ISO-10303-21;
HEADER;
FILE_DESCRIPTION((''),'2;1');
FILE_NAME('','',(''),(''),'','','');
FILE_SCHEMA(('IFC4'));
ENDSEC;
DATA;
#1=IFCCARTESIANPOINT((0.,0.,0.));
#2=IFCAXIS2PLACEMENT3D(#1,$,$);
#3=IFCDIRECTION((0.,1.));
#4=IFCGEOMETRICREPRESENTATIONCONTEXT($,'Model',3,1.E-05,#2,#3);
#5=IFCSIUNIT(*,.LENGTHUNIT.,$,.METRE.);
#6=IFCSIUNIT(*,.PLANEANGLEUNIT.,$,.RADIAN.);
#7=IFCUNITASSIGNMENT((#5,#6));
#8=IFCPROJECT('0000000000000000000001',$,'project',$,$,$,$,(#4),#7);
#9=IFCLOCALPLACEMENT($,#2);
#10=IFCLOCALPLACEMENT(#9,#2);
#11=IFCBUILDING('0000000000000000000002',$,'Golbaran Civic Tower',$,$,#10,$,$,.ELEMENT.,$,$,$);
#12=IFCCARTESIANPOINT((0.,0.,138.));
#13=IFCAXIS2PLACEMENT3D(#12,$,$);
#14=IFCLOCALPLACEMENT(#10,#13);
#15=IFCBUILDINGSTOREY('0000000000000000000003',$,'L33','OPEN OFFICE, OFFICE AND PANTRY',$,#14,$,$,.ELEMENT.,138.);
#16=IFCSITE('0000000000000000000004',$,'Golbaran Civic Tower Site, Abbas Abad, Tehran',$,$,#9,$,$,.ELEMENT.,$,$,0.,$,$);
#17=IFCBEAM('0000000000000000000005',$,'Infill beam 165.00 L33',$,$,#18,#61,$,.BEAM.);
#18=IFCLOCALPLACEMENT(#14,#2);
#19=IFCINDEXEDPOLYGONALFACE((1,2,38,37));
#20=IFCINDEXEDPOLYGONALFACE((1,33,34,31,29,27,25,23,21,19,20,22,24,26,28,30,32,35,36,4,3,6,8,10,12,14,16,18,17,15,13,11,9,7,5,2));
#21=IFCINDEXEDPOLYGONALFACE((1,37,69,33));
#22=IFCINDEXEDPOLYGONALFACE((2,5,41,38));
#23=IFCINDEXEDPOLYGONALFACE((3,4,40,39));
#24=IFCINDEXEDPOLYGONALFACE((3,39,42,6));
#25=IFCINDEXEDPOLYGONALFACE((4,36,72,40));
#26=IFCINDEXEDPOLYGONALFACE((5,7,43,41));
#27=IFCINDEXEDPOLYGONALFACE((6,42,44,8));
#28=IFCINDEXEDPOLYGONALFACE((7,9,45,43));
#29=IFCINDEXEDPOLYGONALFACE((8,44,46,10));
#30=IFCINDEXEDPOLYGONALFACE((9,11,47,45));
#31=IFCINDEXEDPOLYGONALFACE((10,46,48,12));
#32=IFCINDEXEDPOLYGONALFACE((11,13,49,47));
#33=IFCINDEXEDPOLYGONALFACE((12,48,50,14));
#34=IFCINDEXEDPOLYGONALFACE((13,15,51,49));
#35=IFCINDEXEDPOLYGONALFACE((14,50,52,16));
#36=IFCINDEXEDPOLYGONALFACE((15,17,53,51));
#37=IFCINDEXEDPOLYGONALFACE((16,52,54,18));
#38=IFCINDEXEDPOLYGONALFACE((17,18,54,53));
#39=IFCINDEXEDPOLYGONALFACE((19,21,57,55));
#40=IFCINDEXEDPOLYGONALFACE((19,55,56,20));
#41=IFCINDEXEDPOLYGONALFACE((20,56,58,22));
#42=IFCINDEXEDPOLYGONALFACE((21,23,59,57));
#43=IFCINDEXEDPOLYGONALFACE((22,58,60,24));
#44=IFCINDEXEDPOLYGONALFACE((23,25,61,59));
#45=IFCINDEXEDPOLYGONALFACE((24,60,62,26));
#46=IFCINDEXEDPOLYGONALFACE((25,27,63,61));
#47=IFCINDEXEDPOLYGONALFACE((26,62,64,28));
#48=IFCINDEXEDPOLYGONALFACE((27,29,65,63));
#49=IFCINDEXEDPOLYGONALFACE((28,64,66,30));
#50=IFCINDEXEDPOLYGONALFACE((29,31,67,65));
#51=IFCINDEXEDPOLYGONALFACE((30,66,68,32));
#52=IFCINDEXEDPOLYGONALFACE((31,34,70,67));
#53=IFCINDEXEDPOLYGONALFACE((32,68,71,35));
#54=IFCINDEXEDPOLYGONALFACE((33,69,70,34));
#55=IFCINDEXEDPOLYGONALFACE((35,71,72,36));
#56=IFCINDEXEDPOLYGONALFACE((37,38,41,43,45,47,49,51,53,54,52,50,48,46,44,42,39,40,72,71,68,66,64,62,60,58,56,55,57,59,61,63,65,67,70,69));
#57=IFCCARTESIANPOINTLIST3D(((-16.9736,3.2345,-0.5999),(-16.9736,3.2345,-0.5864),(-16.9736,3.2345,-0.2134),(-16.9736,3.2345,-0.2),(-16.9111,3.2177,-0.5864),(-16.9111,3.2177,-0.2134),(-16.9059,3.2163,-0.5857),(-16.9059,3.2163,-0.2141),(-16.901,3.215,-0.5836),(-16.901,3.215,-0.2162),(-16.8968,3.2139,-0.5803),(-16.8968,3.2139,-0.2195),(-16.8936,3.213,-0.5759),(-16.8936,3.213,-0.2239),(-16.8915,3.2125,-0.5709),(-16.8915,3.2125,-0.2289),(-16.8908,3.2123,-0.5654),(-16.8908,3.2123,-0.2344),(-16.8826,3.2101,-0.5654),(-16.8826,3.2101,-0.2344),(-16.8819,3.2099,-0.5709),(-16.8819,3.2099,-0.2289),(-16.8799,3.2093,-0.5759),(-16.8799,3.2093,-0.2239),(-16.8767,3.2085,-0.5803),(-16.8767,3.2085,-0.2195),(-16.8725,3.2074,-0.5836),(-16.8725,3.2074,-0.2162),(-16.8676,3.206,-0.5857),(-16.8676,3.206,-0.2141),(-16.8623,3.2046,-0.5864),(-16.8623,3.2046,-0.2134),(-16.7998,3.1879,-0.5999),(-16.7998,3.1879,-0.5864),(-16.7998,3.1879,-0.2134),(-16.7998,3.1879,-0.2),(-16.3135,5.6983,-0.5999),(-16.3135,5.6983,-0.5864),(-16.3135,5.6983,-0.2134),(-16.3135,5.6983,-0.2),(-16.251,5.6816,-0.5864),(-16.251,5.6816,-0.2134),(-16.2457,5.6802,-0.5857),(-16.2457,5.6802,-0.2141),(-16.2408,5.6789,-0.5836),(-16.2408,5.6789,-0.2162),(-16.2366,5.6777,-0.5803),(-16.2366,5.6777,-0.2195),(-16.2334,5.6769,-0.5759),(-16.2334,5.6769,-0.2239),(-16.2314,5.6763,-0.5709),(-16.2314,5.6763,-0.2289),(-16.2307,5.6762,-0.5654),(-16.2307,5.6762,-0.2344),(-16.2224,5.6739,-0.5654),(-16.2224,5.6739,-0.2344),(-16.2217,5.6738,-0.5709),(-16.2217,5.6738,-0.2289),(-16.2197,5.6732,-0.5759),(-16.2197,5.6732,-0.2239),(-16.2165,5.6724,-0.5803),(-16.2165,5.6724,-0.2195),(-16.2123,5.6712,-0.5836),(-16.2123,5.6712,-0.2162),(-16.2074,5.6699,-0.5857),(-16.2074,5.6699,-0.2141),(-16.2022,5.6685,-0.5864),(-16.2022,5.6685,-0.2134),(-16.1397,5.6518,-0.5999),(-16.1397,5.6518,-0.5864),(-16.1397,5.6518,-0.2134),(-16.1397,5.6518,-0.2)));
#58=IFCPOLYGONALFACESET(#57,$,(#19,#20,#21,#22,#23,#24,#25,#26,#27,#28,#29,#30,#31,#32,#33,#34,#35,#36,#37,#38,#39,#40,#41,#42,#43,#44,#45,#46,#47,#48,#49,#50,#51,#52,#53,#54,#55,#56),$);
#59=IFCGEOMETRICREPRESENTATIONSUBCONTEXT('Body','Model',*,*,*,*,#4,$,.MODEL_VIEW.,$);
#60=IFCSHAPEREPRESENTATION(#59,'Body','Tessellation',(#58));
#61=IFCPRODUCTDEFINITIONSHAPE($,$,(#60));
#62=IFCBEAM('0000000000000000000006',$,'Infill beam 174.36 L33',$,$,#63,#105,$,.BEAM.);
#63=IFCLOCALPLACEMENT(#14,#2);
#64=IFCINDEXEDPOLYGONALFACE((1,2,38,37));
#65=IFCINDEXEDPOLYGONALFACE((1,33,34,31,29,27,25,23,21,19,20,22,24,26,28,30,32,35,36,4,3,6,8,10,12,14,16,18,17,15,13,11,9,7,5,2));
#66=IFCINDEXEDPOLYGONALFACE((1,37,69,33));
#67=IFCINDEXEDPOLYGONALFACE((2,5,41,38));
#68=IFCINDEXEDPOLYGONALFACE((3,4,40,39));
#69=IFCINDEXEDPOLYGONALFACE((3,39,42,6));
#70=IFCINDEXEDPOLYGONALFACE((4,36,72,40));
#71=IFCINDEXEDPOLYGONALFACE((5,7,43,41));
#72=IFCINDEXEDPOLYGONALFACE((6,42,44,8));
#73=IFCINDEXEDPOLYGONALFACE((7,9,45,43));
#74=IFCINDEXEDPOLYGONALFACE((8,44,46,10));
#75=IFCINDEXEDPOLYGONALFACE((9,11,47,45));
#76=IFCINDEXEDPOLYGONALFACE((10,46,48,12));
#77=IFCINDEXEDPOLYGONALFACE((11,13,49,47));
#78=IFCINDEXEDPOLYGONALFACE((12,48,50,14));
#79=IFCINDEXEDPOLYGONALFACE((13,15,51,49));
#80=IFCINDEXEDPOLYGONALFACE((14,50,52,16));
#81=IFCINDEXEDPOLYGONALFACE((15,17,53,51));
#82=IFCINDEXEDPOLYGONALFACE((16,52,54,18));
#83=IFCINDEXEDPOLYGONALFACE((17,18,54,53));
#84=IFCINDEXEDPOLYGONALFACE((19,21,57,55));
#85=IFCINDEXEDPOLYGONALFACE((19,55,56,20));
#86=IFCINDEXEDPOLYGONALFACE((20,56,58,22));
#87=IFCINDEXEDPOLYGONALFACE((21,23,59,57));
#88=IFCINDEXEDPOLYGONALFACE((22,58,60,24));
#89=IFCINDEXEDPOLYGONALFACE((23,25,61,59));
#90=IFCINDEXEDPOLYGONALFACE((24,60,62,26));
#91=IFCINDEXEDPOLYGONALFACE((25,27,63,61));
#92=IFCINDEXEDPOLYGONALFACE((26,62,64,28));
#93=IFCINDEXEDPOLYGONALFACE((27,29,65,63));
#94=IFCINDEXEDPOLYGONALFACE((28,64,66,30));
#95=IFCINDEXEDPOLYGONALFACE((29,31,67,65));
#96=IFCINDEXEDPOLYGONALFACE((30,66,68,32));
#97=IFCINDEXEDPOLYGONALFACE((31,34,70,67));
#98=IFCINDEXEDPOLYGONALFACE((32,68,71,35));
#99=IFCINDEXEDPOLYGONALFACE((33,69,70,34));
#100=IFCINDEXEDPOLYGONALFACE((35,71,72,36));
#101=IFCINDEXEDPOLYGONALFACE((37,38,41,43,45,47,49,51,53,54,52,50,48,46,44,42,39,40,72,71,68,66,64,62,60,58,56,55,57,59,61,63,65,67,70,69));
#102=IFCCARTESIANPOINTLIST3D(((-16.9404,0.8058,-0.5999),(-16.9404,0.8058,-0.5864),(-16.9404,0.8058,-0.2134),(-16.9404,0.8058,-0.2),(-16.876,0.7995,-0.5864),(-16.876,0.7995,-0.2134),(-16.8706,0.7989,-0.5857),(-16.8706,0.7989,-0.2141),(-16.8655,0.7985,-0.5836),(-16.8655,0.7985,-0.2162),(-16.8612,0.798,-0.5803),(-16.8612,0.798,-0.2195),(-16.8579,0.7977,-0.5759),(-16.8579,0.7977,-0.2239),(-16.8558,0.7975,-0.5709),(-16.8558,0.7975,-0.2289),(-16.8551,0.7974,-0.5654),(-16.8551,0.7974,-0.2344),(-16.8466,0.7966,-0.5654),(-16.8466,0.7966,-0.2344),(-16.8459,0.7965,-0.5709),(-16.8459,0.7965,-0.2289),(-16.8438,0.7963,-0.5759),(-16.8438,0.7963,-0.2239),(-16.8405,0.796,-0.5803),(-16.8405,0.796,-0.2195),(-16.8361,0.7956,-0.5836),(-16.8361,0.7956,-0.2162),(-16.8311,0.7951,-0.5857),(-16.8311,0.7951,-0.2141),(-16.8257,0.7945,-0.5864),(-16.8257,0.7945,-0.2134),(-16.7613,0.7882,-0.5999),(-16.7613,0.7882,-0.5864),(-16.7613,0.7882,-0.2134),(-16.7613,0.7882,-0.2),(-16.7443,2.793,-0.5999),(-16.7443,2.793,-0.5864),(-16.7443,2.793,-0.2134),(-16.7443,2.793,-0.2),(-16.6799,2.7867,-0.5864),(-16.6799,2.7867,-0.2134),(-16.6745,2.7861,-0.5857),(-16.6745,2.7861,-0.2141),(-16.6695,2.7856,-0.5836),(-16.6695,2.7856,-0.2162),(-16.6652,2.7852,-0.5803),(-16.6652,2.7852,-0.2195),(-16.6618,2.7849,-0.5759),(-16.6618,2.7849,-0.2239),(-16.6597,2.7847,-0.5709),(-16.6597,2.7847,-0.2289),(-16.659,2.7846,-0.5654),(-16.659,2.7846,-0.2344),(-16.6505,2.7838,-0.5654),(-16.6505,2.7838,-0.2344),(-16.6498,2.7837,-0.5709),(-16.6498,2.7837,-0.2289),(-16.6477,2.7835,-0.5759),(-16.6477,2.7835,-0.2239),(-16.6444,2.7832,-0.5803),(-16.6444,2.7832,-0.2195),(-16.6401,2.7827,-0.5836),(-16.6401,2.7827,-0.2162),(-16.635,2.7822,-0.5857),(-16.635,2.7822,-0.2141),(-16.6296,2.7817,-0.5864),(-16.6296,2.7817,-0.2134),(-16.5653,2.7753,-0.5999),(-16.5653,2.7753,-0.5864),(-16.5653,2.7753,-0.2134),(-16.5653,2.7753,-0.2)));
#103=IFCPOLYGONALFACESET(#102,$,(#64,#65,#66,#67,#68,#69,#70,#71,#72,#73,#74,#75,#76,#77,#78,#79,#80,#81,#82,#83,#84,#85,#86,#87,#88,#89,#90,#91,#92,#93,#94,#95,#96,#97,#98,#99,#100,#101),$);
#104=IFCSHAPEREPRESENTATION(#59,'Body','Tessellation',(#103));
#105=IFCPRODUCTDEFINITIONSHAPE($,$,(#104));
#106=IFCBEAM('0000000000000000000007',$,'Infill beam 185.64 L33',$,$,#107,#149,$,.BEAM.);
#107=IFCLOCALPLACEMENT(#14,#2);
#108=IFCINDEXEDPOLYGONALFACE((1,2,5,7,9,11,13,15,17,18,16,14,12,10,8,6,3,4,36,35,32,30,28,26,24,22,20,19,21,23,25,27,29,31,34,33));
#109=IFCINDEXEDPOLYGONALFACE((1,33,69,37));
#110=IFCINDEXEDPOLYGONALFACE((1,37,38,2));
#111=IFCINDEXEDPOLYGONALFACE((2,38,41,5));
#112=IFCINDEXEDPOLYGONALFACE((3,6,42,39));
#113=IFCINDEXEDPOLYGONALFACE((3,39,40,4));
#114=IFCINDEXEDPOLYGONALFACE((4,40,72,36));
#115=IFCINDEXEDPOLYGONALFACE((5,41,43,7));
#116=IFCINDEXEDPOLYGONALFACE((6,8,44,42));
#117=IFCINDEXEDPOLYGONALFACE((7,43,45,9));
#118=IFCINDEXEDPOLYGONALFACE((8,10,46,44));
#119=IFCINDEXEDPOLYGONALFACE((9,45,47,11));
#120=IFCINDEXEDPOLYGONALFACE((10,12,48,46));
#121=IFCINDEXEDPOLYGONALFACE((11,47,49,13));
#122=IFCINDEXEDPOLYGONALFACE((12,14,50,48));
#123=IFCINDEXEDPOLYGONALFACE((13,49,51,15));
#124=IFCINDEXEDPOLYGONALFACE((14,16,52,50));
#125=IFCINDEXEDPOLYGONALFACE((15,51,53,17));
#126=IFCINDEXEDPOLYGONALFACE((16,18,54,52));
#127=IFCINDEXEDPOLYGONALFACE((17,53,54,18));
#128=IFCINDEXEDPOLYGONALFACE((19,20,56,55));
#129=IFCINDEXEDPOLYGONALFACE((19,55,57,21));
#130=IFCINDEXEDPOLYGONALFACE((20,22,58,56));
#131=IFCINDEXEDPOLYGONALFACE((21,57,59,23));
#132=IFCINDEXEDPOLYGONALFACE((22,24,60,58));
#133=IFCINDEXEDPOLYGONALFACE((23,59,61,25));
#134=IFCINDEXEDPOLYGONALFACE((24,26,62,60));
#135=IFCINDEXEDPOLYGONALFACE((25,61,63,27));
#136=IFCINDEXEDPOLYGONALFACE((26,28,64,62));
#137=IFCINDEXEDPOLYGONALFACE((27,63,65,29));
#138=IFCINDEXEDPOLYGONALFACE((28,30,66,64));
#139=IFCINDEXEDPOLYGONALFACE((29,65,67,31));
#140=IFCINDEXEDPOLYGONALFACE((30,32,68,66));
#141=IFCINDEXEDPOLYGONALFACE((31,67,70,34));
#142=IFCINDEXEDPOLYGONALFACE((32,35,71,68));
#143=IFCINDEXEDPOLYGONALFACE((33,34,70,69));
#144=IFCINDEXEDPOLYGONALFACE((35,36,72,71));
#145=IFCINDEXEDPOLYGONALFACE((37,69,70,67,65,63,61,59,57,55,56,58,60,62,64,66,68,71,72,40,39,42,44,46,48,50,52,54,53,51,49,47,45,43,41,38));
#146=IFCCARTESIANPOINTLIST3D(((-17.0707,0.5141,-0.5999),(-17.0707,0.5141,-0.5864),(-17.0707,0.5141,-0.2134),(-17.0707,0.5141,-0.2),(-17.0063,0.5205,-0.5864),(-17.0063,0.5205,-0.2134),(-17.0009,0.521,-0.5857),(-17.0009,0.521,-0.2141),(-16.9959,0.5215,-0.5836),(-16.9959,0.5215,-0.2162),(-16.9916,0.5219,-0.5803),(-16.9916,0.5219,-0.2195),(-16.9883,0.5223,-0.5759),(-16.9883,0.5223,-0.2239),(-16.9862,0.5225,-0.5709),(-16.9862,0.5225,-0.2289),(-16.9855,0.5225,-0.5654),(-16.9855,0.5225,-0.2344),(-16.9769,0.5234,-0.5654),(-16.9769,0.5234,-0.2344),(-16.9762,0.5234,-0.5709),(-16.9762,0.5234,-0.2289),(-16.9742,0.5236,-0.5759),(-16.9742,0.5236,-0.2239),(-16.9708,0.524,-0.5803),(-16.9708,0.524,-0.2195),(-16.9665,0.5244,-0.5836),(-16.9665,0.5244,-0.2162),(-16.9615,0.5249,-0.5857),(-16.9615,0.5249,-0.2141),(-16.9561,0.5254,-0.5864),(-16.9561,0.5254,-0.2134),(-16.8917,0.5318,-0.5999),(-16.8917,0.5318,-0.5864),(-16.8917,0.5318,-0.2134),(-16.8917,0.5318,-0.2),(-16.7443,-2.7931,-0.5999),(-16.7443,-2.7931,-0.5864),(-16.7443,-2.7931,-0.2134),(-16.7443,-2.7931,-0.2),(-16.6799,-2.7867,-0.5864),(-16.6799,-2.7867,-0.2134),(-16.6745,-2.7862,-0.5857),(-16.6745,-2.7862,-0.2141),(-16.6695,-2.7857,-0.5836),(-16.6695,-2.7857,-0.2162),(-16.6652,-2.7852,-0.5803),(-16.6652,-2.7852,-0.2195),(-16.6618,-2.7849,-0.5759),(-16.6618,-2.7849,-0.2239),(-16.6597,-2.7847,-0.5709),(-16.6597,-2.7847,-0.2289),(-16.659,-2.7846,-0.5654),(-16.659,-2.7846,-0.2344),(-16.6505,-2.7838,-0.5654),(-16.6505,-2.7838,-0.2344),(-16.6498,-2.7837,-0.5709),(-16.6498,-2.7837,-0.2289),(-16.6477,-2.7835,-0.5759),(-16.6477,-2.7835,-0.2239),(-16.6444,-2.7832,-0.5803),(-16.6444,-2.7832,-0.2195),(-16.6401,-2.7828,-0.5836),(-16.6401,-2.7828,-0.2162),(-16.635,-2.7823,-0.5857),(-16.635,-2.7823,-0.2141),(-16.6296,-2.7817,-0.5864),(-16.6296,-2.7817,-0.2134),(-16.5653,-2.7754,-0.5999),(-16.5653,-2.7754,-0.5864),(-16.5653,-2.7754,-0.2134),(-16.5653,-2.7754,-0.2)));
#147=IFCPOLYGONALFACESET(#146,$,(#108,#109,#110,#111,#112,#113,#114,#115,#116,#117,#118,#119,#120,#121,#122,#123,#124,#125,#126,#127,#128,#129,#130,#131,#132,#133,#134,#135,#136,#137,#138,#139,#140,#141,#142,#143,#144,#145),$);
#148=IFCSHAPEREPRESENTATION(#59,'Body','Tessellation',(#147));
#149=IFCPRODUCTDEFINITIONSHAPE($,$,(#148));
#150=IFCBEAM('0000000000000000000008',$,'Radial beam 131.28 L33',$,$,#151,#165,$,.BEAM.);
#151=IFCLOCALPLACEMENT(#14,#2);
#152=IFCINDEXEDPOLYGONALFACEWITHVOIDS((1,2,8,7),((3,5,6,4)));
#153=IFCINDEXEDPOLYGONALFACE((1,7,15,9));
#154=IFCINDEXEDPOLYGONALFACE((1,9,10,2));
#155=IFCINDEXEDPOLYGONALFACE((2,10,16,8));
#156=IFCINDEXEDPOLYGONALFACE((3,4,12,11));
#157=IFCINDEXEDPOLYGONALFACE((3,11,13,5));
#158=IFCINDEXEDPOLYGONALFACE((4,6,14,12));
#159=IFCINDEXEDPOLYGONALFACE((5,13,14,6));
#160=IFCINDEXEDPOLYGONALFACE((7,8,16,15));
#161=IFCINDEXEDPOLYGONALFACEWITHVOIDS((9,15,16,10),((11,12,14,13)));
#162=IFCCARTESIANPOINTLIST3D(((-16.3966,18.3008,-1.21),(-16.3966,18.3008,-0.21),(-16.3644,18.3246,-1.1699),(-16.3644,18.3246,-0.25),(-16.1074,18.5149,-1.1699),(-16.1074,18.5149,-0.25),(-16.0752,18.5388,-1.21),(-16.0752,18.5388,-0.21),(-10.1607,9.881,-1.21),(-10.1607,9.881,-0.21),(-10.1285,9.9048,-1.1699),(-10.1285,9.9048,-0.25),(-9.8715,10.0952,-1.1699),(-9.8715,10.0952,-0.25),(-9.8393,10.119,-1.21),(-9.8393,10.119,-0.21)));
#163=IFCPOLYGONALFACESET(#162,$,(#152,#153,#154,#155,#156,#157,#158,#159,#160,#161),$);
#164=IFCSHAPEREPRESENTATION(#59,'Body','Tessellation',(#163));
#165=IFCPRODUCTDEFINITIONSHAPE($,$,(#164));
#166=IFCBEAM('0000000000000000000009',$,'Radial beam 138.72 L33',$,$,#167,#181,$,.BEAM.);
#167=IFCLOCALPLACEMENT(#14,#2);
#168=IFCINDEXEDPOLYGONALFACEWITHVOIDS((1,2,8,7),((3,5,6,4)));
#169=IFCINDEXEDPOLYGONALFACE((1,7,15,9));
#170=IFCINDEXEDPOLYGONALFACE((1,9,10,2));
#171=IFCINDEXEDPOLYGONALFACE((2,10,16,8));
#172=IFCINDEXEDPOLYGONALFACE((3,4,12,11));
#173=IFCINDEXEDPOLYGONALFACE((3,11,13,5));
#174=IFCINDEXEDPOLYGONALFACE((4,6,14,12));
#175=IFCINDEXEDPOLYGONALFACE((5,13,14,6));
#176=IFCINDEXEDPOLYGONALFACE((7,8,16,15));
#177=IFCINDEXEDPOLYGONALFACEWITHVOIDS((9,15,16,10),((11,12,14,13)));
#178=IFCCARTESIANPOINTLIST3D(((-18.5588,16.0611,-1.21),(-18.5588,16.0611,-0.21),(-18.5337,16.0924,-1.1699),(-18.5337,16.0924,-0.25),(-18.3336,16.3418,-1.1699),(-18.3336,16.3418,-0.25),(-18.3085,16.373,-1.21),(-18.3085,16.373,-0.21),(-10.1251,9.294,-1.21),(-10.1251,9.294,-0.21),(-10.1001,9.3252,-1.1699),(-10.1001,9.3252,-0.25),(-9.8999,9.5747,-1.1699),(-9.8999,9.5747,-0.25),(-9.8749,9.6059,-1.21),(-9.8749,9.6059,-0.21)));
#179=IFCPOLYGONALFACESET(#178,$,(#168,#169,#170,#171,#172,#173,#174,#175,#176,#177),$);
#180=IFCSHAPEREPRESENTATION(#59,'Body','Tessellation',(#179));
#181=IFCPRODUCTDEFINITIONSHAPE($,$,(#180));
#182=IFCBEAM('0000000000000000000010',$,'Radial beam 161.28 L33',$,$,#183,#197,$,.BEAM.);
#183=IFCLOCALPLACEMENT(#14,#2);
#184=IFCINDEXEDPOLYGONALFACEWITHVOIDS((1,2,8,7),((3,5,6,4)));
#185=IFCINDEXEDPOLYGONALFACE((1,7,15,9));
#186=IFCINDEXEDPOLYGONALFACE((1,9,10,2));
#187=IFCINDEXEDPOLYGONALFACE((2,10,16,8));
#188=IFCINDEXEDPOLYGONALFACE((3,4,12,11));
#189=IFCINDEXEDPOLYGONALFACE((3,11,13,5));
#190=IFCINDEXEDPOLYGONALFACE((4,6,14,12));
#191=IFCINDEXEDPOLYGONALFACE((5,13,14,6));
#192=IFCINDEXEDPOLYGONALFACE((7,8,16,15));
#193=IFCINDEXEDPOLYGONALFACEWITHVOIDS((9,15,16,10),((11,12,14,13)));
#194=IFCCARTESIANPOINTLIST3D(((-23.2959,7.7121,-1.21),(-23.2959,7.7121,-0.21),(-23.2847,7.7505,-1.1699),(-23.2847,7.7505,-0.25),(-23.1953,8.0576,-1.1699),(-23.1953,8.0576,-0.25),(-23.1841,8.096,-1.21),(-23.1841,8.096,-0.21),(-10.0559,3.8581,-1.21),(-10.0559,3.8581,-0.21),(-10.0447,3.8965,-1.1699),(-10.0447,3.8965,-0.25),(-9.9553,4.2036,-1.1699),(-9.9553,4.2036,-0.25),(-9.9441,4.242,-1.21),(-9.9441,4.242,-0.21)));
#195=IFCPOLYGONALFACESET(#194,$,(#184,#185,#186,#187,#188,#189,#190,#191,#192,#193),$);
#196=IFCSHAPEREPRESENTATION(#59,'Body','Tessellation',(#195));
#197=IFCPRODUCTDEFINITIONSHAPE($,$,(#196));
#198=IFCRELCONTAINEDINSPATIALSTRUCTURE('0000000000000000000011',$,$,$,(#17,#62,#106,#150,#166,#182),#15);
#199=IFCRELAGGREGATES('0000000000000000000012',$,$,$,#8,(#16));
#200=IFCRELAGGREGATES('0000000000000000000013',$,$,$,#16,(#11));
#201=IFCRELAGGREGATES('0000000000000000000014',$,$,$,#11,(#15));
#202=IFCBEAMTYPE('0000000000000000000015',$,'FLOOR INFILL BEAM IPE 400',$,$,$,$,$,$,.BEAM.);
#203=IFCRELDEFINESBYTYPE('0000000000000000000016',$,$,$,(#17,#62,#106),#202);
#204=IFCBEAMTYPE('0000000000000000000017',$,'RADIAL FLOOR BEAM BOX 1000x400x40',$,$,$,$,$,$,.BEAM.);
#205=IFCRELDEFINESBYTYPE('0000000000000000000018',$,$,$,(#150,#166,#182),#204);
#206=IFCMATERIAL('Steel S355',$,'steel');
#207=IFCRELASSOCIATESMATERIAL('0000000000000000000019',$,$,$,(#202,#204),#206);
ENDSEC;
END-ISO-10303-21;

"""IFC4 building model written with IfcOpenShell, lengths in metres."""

from ifc_helpers import new_model, si_unit, direction, frame, origin, origin_2d, place, context, subcontext, project, spatial, hollow_rectangle, i_section, extrude, material, material_profile, profile_set, type_object, element, save


model = new_model("IFC4")

# Units and contexts
model_context = context("Model", 3, precision=1e-05, world=origin(), true_north=direction((0.0, 1.0)))
body_context = subcontext(model_context, "Body", "Model", "MODEL_VIEW")
ifc_project = project(units=[si_unit("LENGTHUNIT", "METRE"), si_unit("PLANEANGLEUNIT", "RADIAN")], contexts=[model_context])

# Site, building, storey
site_placement = place(None, origin())
site = spatial("IfcSite", under=ifc_project, at=site_placement, Name="Golbaran Civic Tower Site, Abbas Abad, Tehran", CompositionType="ELEMENT", RefElevation=0.0)
building_placement = place(site_placement, origin())
building = spatial("IfcBuilding", under=site, at=building_placement, Name="Golbaran Civic Tower", CompositionType="ELEMENT")
storey_placement = place(building_placement, frame((0.0, 0.0, 138.0)))
storey = spatial("IfcBuildingStorey", under=building, at=storey_placement, Name="L33", Description="OPEN OFFICE, OFFICE AND PANTRY", CompositionType="ELEMENT", Elevation=138.0)

# Beams
ifc_material_1 = material(Name="Steel S355", Category="steel")
ifc_material_profile_1 = material_profile(ifc_material_1, i_section(OverallWidth=0.1799, OverallDepth=0.3999, WebThickness=0.0085, FlangeThickness=0.0134, FilletRadius=0.021, at=origin_2d()), Name="IPE 400")
ifc_profile_set_1 = profile_set([ifc_material_profile_1], Name="Steel S355")
beam_type_1 = type_object("IfcBeamType", Name="FLOOR INFILL BEAM IPE 400", PredefinedType="BEAM", material=ifc_profile_set_1)
beam_1_placement = place(storey_placement, frame((-16.2266, 5.675, -0.3999), z_axis=(-0.258806, -0.965929, 0.0), x_axis=(0.965929, -0.258806, 0.0)))
element("IfcBeam", 1, at=beam_1_placement, inside=storey, type_object=beam_type_1, Name="Infill beam 165.00 L33", PredefinedType="BEAM", context=body_context, shape_type="SweptSolid", body=[
    extrude(i_section(OverallWidth=0.1799, OverallDepth=0.3999, WebThickness=0.0085, FlangeThickness=0.0134, FilletRadius=0.021, at=origin_2d()), origin(), (0.0, 0.0, 1.0), 2.5508),
])
beam_2_placement = place(storey_placement, frame((-16.6548, 2.7842, -0.3999), z_axis=(-0.098184, -0.995168, 0.0), x_axis=(0.995168, -0.098184, 0.0)))
element("IfcBeam", 2, at=beam_2_placement, inside=storey, type_object=beam_type_1, Name="Infill beam 174.36 L33", PredefinedType="BEAM", context=body_context, shape_type="SweptSolid", body=[
    extrude(i_section(OverallWidth=0.1799, OverallDepth=0.3999, WebThickness=0.0085, FlangeThickness=0.0134, FilletRadius=0.021, at=origin_2d()), origin(), (0.0, 0.0, 1.0), 1.9968),
])
beam_3_placement = place(storey_placement, frame((-16.9812, 0.5229, -0.3999), z_axis=(0.098223, -0.995164, 0.0), x_axis=(0.995164, 0.098223, 0.0)))
element("IfcBeam", 3, at=beam_3_placement, inside=storey, type_object=beam_type_1, Name="Infill beam 185.64 L33", PredefinedType="BEAM", context=body_context, shape_type="SweptSolid", body=[
    extrude(i_section(OverallWidth=0.1799, OverallDepth=0.3999, WebThickness=0.0085, FlangeThickness=0.0134, FilletRadius=0.021, at=origin_2d()), origin(), (0.0, 0.0, 1.0), 3.3232),
])
ifc_material_profile_2 = material_profile(ifc_material_1, hollow_rectangle(XDim=0.3999, YDim=1.0, WallThickness=0.04, at=origin_2d()), Name="BOX 1000x400x40")
ifc_profile_set_2 = profile_set([ifc_material_profile_2], Name="Steel S355")
beam_type_2 = type_object("IfcBeamType", Name="RADIAL FLOOR BEAM BOX 1000x400x40", PredefinedType="BEAM", material=ifc_profile_set_2)
beam_4_placement = place(storey_placement, frame((-10.0, 10.0, -0.71), z_axis=(-0.595168, 0.803601, 0.0), x_axis=(-0.803601, -0.595168, 0.0)))
element("IfcBeam", 4, at=beam_4_placement, inside=storey, type_object=beam_type_2, Name="Radial beam 131.28 L33", PredefinedType="BEAM", context=body_context, shape_type="SweptSolid", body=[
    extrude(hollow_rectangle(XDim=0.3999, YDim=1.0, WallThickness=0.04, at=origin_2d()), origin(), (0.0, 0.0, 1.0), 10.4775),
])
beam_5_placement = place(storey_placement, frame((-10.0, 9.45, -0.71), z_axis=(-0.779956, 0.625834, 0.0), x_axis=(-0.625834, -0.779956, 0.0)))
element("IfcBeam", 5, at=beam_5_placement, inside=storey, type_object=beam_type_2, Name="Radial beam 138.72 L33", PredefinedType="BEAM", context=body_context, shape_type="SweptSolid", body=[
    extrude(hollow_rectangle(XDim=0.3999, YDim=1.0, WallThickness=0.04, at=origin_2d()), origin(), (0.0, 0.0, 1.0), 10.813),
])
beam_6_placement = place(storey_placement, frame((-10.0, 4.05, -0.71), z_axis=(-0.960149, 0.279488, 0.0), x_axis=(-0.279488, -0.960149, 0.0)))
element("IfcBeam", 6, at=beam_6_placement, inside=storey, type_object=beam_type_2, Name="Radial beam 161.28 L33", PredefinedType="BEAM", context=body_context, shape_type="SweptSolid", body=[
    extrude(hollow_rectangle(XDim=0.3999, YDim=1.0, WallThickness=0.04, at=origin_2d()), origin(), (0.0, 0.0, 1.0), 13.7896),
])

save(model, "model.ifc")
